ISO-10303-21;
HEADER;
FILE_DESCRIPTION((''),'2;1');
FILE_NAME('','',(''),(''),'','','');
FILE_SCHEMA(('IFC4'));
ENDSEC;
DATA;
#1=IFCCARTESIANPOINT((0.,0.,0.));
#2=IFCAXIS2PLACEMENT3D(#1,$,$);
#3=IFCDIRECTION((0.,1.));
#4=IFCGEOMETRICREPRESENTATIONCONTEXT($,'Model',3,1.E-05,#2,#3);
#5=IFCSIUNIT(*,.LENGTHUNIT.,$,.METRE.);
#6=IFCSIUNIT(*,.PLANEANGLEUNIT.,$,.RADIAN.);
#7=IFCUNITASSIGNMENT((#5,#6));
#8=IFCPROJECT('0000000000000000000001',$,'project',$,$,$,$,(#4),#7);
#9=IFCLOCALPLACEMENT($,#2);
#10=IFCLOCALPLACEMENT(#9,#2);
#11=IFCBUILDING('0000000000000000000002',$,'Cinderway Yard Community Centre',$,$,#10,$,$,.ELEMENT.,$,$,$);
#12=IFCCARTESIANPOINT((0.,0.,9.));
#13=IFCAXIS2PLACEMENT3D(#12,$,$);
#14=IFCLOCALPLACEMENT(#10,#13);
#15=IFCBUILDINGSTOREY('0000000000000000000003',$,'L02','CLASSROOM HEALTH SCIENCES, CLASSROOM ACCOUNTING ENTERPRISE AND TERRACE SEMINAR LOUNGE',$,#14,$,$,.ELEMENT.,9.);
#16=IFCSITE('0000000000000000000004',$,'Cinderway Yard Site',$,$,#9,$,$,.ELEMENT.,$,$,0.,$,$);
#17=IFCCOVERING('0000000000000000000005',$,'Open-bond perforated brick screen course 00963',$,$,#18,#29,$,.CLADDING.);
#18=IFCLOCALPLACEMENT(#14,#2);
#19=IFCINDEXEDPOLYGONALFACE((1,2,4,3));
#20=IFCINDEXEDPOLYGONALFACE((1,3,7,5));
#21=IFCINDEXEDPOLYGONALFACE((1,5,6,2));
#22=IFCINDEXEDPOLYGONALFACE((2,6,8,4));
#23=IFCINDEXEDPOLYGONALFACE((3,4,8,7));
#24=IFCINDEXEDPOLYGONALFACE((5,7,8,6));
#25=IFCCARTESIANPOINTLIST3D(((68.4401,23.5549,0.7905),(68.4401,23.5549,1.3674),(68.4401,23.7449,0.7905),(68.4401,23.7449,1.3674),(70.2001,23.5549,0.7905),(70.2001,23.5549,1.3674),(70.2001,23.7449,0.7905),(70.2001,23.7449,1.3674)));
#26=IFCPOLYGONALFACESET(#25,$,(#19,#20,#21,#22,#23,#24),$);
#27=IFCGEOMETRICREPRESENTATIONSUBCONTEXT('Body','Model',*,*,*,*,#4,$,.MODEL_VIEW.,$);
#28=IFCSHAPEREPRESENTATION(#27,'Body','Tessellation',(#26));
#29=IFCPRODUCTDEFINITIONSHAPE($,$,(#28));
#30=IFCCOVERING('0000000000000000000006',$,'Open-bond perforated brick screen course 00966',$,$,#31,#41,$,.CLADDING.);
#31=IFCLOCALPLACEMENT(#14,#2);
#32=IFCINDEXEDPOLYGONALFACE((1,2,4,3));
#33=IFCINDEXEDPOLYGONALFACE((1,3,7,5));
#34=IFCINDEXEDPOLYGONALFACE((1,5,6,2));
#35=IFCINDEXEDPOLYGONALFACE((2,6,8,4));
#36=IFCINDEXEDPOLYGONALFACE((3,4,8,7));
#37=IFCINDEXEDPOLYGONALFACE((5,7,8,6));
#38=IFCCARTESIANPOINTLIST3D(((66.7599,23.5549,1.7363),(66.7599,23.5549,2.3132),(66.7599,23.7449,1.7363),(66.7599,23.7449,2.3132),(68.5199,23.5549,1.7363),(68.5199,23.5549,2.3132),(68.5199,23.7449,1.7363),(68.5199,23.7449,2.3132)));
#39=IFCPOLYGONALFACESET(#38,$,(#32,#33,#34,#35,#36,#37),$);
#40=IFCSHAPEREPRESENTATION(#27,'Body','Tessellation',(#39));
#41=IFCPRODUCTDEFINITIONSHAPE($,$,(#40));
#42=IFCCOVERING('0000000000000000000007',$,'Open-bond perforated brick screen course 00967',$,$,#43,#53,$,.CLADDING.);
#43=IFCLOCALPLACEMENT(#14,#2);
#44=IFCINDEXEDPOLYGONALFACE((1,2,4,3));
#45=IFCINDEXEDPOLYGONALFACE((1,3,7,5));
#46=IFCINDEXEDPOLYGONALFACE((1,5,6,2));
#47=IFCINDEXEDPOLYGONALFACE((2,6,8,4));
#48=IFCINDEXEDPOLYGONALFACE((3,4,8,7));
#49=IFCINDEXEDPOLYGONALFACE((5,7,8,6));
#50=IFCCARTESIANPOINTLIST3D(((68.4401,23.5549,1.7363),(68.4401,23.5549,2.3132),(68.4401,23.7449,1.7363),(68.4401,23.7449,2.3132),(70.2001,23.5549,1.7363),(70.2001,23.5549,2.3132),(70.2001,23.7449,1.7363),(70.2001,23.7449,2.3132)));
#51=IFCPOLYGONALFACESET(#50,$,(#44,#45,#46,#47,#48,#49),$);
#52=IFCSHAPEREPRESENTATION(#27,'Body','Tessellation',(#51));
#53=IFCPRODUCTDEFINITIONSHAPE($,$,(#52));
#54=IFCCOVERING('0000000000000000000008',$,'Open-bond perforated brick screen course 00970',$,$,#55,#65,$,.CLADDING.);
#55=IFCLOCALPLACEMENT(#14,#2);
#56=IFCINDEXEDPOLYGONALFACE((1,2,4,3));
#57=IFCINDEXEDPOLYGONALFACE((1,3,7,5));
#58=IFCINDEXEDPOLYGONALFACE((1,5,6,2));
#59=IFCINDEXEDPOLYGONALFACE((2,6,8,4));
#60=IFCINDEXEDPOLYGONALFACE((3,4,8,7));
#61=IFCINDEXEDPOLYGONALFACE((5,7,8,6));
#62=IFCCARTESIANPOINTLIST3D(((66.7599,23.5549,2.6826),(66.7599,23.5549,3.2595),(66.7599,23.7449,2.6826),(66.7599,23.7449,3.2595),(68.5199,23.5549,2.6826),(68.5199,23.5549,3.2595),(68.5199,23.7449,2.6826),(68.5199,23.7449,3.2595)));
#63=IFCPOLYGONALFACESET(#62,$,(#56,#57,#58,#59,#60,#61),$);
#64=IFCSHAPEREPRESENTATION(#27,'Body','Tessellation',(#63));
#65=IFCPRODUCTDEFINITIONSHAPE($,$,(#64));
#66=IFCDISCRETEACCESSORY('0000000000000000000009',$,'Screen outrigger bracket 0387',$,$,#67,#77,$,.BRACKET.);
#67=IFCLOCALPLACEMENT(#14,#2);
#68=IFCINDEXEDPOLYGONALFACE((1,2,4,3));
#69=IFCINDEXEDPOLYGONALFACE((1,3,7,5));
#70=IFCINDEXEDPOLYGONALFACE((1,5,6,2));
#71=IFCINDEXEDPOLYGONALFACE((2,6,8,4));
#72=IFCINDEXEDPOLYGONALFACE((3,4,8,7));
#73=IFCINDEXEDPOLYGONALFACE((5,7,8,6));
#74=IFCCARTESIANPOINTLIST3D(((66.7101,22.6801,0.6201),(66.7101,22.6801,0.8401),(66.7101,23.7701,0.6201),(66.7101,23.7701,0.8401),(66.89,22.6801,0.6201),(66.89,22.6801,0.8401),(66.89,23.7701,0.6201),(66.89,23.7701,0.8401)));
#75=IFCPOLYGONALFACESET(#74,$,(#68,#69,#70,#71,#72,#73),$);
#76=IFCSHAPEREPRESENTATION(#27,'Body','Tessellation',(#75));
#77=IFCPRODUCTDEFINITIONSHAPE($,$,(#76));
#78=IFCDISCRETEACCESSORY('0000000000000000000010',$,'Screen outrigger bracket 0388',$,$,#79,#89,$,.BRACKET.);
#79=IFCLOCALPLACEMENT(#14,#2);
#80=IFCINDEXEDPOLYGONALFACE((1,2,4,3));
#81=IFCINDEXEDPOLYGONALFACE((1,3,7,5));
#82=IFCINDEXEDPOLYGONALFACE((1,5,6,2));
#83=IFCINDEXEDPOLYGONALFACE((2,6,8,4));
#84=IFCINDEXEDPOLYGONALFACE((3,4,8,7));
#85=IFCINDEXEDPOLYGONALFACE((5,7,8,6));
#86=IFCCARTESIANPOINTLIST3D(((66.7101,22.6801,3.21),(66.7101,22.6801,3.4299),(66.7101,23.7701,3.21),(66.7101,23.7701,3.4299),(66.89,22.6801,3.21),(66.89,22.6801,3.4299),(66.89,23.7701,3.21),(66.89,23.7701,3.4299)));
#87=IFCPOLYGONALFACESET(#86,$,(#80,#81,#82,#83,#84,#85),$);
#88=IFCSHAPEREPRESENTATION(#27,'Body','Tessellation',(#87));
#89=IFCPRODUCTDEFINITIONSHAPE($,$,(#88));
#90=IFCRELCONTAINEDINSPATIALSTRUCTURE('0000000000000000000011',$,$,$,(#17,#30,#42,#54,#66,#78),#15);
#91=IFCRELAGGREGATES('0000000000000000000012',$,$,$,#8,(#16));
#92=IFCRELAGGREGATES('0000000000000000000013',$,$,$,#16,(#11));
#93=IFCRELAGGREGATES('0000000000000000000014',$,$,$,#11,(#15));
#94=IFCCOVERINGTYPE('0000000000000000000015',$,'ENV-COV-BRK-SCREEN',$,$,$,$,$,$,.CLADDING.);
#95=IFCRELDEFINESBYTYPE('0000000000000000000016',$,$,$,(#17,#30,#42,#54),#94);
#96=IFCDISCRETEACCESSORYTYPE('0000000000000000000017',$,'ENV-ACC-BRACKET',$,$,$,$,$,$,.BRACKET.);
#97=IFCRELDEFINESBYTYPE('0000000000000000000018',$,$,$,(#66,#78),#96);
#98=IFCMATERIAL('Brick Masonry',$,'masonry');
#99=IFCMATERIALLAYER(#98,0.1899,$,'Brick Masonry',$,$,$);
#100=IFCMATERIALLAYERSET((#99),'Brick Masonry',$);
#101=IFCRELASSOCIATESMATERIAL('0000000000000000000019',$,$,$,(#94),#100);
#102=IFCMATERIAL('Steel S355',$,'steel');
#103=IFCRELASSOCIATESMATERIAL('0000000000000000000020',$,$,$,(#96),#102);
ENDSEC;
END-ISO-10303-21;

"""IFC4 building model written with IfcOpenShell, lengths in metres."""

from ifc_helpers import new_model, si_unit, direction, frame, origin, origin_2d, place, context, subcontext, project, spatial, rectangle, extrude, material, layer, layer_set, type_object, element, save


model = new_model("IFC4")

# Units and contexts
model_context = context("Model", 3, precision=1e-05, world=origin(), true_north=direction((0.0, 1.0)))
body_context = subcontext(model_context, "Body", "Model", "MODEL_VIEW")
ifc_project = project(units=[si_unit("LENGTHUNIT", "METRE"), si_unit("PLANEANGLEUNIT", "RADIAN")], contexts=[model_context])

# Site, building, storey
site_placement = place(None, origin())
site = spatial("IfcSite", under=ifc_project, at=site_placement, Name="Cinderway Yard Site", CompositionType="ELEMENT", RefElevation=0.0)
building_placement = place(site_placement, origin())
building = spatial("IfcBuilding", under=site, at=building_placement, Name="Cinderway Yard Community Centre", CompositionType="ELEMENT")
storey_placement = place(building_placement, frame((0.0, 0.0, 9.0)))
storey = spatial("IfcBuildingStorey", under=building, at=storey_placement, Name="L02", Description="CLASSROOM HEALTH SCIENCES, CLASSROOM ACCOUNTING ENTERPRISE AND TERRACE SEMINAR LOUNGE", CompositionType="ELEMENT", Elevation=9.0)

# Shared definitions
ifc_material_1 = material(Name="Steel S355", Category="steel")

# Coverings
ifc_material_2 = material(Name="Brick Masonry", Category="masonry")
ifc_layer_1 = layer(ifc_material_2, 0.1899, Name="Brick Masonry")
ifc_layer_set_1 = layer_set([ifc_layer_1], Name="Brick Masonry")
covering_type = type_object("IfcCoveringType", Name="ENV-COV-BRK-SCREEN", PredefinedType="CLADDING", material=ifc_layer_set_1)
for number, where, z_axis, x_axis, name in (
    (1, (69.3201, 23.6499, 0.7905), (0.0, 0.0, 1.0), (1.0, 0.0, 0.0), "Open-bond perforated brick screen course 00963"),
    (2, (67.6399, 23.6499, 1.7363), (0.0, 0.0, 1.0), (1.0, 0.0, 0.0), "Open-bond perforated brick screen course 00966"),
    (3, (69.3201, 23.6499, 1.7363), (0.0, 0.0, 1.0), (1.0, 0.0, 0.0), "Open-bond perforated brick screen course 00967"),
    (4, (67.6399, 23.6499, 2.6826), (0.0, 0.0, 1.0), (1.0, 0.0, 0.0), "Open-bond perforated brick screen course 00970"),
):
    element("IfcCovering", number, at=place(storey_placement, frame(where, z_axis=z_axis, x_axis=x_axis)), inside=storey, type_object=covering_type, Name=name, PredefinedType="CLADDING", context=body_context, shape_type="SweptSolid", body=[
        extrude(rectangle(XDim=1.76, YDim=0.1899, at=origin_2d()), origin(), (0.0, 0.0, 1.0), 0.5769),
    ])

# Discrete accessories
discrete_accessory_type = type_object("IfcDiscreteAccessoryType", Name="ENV-ACC-BRACKET", PredefinedType="BRACKET", material=ifc_material_1)
for number, where, z_axis, x_axis, name in (
    (5, (66.8, 23.2251, 0.6201), (0.0, 0.0, 1.0), (0.0, 1.0, 0.0), "Screen outrigger bracket 0387"),
    (6, (66.8, 23.2251, 3.21), (0.0, 0.0, 1.0), (0.0, 1.0, 0.0), "Screen outrigger bracket 0388"),
):
    element("IfcDiscreteAccessory", number, at=place(storey_placement, frame(where, z_axis=z_axis, x_axis=x_axis)), inside=storey, type_object=discrete_accessory_type, Name=name, PredefinedType="BRACKET", context=body_context, shape_type="SweptSolid", body=[
        extrude(rectangle(XDim=1.0901, YDim=0.1799, at=origin_2d()), origin(), (0.0, 0.0, 1.0), 0.22),
    ])

save(model, "model.ifc")
